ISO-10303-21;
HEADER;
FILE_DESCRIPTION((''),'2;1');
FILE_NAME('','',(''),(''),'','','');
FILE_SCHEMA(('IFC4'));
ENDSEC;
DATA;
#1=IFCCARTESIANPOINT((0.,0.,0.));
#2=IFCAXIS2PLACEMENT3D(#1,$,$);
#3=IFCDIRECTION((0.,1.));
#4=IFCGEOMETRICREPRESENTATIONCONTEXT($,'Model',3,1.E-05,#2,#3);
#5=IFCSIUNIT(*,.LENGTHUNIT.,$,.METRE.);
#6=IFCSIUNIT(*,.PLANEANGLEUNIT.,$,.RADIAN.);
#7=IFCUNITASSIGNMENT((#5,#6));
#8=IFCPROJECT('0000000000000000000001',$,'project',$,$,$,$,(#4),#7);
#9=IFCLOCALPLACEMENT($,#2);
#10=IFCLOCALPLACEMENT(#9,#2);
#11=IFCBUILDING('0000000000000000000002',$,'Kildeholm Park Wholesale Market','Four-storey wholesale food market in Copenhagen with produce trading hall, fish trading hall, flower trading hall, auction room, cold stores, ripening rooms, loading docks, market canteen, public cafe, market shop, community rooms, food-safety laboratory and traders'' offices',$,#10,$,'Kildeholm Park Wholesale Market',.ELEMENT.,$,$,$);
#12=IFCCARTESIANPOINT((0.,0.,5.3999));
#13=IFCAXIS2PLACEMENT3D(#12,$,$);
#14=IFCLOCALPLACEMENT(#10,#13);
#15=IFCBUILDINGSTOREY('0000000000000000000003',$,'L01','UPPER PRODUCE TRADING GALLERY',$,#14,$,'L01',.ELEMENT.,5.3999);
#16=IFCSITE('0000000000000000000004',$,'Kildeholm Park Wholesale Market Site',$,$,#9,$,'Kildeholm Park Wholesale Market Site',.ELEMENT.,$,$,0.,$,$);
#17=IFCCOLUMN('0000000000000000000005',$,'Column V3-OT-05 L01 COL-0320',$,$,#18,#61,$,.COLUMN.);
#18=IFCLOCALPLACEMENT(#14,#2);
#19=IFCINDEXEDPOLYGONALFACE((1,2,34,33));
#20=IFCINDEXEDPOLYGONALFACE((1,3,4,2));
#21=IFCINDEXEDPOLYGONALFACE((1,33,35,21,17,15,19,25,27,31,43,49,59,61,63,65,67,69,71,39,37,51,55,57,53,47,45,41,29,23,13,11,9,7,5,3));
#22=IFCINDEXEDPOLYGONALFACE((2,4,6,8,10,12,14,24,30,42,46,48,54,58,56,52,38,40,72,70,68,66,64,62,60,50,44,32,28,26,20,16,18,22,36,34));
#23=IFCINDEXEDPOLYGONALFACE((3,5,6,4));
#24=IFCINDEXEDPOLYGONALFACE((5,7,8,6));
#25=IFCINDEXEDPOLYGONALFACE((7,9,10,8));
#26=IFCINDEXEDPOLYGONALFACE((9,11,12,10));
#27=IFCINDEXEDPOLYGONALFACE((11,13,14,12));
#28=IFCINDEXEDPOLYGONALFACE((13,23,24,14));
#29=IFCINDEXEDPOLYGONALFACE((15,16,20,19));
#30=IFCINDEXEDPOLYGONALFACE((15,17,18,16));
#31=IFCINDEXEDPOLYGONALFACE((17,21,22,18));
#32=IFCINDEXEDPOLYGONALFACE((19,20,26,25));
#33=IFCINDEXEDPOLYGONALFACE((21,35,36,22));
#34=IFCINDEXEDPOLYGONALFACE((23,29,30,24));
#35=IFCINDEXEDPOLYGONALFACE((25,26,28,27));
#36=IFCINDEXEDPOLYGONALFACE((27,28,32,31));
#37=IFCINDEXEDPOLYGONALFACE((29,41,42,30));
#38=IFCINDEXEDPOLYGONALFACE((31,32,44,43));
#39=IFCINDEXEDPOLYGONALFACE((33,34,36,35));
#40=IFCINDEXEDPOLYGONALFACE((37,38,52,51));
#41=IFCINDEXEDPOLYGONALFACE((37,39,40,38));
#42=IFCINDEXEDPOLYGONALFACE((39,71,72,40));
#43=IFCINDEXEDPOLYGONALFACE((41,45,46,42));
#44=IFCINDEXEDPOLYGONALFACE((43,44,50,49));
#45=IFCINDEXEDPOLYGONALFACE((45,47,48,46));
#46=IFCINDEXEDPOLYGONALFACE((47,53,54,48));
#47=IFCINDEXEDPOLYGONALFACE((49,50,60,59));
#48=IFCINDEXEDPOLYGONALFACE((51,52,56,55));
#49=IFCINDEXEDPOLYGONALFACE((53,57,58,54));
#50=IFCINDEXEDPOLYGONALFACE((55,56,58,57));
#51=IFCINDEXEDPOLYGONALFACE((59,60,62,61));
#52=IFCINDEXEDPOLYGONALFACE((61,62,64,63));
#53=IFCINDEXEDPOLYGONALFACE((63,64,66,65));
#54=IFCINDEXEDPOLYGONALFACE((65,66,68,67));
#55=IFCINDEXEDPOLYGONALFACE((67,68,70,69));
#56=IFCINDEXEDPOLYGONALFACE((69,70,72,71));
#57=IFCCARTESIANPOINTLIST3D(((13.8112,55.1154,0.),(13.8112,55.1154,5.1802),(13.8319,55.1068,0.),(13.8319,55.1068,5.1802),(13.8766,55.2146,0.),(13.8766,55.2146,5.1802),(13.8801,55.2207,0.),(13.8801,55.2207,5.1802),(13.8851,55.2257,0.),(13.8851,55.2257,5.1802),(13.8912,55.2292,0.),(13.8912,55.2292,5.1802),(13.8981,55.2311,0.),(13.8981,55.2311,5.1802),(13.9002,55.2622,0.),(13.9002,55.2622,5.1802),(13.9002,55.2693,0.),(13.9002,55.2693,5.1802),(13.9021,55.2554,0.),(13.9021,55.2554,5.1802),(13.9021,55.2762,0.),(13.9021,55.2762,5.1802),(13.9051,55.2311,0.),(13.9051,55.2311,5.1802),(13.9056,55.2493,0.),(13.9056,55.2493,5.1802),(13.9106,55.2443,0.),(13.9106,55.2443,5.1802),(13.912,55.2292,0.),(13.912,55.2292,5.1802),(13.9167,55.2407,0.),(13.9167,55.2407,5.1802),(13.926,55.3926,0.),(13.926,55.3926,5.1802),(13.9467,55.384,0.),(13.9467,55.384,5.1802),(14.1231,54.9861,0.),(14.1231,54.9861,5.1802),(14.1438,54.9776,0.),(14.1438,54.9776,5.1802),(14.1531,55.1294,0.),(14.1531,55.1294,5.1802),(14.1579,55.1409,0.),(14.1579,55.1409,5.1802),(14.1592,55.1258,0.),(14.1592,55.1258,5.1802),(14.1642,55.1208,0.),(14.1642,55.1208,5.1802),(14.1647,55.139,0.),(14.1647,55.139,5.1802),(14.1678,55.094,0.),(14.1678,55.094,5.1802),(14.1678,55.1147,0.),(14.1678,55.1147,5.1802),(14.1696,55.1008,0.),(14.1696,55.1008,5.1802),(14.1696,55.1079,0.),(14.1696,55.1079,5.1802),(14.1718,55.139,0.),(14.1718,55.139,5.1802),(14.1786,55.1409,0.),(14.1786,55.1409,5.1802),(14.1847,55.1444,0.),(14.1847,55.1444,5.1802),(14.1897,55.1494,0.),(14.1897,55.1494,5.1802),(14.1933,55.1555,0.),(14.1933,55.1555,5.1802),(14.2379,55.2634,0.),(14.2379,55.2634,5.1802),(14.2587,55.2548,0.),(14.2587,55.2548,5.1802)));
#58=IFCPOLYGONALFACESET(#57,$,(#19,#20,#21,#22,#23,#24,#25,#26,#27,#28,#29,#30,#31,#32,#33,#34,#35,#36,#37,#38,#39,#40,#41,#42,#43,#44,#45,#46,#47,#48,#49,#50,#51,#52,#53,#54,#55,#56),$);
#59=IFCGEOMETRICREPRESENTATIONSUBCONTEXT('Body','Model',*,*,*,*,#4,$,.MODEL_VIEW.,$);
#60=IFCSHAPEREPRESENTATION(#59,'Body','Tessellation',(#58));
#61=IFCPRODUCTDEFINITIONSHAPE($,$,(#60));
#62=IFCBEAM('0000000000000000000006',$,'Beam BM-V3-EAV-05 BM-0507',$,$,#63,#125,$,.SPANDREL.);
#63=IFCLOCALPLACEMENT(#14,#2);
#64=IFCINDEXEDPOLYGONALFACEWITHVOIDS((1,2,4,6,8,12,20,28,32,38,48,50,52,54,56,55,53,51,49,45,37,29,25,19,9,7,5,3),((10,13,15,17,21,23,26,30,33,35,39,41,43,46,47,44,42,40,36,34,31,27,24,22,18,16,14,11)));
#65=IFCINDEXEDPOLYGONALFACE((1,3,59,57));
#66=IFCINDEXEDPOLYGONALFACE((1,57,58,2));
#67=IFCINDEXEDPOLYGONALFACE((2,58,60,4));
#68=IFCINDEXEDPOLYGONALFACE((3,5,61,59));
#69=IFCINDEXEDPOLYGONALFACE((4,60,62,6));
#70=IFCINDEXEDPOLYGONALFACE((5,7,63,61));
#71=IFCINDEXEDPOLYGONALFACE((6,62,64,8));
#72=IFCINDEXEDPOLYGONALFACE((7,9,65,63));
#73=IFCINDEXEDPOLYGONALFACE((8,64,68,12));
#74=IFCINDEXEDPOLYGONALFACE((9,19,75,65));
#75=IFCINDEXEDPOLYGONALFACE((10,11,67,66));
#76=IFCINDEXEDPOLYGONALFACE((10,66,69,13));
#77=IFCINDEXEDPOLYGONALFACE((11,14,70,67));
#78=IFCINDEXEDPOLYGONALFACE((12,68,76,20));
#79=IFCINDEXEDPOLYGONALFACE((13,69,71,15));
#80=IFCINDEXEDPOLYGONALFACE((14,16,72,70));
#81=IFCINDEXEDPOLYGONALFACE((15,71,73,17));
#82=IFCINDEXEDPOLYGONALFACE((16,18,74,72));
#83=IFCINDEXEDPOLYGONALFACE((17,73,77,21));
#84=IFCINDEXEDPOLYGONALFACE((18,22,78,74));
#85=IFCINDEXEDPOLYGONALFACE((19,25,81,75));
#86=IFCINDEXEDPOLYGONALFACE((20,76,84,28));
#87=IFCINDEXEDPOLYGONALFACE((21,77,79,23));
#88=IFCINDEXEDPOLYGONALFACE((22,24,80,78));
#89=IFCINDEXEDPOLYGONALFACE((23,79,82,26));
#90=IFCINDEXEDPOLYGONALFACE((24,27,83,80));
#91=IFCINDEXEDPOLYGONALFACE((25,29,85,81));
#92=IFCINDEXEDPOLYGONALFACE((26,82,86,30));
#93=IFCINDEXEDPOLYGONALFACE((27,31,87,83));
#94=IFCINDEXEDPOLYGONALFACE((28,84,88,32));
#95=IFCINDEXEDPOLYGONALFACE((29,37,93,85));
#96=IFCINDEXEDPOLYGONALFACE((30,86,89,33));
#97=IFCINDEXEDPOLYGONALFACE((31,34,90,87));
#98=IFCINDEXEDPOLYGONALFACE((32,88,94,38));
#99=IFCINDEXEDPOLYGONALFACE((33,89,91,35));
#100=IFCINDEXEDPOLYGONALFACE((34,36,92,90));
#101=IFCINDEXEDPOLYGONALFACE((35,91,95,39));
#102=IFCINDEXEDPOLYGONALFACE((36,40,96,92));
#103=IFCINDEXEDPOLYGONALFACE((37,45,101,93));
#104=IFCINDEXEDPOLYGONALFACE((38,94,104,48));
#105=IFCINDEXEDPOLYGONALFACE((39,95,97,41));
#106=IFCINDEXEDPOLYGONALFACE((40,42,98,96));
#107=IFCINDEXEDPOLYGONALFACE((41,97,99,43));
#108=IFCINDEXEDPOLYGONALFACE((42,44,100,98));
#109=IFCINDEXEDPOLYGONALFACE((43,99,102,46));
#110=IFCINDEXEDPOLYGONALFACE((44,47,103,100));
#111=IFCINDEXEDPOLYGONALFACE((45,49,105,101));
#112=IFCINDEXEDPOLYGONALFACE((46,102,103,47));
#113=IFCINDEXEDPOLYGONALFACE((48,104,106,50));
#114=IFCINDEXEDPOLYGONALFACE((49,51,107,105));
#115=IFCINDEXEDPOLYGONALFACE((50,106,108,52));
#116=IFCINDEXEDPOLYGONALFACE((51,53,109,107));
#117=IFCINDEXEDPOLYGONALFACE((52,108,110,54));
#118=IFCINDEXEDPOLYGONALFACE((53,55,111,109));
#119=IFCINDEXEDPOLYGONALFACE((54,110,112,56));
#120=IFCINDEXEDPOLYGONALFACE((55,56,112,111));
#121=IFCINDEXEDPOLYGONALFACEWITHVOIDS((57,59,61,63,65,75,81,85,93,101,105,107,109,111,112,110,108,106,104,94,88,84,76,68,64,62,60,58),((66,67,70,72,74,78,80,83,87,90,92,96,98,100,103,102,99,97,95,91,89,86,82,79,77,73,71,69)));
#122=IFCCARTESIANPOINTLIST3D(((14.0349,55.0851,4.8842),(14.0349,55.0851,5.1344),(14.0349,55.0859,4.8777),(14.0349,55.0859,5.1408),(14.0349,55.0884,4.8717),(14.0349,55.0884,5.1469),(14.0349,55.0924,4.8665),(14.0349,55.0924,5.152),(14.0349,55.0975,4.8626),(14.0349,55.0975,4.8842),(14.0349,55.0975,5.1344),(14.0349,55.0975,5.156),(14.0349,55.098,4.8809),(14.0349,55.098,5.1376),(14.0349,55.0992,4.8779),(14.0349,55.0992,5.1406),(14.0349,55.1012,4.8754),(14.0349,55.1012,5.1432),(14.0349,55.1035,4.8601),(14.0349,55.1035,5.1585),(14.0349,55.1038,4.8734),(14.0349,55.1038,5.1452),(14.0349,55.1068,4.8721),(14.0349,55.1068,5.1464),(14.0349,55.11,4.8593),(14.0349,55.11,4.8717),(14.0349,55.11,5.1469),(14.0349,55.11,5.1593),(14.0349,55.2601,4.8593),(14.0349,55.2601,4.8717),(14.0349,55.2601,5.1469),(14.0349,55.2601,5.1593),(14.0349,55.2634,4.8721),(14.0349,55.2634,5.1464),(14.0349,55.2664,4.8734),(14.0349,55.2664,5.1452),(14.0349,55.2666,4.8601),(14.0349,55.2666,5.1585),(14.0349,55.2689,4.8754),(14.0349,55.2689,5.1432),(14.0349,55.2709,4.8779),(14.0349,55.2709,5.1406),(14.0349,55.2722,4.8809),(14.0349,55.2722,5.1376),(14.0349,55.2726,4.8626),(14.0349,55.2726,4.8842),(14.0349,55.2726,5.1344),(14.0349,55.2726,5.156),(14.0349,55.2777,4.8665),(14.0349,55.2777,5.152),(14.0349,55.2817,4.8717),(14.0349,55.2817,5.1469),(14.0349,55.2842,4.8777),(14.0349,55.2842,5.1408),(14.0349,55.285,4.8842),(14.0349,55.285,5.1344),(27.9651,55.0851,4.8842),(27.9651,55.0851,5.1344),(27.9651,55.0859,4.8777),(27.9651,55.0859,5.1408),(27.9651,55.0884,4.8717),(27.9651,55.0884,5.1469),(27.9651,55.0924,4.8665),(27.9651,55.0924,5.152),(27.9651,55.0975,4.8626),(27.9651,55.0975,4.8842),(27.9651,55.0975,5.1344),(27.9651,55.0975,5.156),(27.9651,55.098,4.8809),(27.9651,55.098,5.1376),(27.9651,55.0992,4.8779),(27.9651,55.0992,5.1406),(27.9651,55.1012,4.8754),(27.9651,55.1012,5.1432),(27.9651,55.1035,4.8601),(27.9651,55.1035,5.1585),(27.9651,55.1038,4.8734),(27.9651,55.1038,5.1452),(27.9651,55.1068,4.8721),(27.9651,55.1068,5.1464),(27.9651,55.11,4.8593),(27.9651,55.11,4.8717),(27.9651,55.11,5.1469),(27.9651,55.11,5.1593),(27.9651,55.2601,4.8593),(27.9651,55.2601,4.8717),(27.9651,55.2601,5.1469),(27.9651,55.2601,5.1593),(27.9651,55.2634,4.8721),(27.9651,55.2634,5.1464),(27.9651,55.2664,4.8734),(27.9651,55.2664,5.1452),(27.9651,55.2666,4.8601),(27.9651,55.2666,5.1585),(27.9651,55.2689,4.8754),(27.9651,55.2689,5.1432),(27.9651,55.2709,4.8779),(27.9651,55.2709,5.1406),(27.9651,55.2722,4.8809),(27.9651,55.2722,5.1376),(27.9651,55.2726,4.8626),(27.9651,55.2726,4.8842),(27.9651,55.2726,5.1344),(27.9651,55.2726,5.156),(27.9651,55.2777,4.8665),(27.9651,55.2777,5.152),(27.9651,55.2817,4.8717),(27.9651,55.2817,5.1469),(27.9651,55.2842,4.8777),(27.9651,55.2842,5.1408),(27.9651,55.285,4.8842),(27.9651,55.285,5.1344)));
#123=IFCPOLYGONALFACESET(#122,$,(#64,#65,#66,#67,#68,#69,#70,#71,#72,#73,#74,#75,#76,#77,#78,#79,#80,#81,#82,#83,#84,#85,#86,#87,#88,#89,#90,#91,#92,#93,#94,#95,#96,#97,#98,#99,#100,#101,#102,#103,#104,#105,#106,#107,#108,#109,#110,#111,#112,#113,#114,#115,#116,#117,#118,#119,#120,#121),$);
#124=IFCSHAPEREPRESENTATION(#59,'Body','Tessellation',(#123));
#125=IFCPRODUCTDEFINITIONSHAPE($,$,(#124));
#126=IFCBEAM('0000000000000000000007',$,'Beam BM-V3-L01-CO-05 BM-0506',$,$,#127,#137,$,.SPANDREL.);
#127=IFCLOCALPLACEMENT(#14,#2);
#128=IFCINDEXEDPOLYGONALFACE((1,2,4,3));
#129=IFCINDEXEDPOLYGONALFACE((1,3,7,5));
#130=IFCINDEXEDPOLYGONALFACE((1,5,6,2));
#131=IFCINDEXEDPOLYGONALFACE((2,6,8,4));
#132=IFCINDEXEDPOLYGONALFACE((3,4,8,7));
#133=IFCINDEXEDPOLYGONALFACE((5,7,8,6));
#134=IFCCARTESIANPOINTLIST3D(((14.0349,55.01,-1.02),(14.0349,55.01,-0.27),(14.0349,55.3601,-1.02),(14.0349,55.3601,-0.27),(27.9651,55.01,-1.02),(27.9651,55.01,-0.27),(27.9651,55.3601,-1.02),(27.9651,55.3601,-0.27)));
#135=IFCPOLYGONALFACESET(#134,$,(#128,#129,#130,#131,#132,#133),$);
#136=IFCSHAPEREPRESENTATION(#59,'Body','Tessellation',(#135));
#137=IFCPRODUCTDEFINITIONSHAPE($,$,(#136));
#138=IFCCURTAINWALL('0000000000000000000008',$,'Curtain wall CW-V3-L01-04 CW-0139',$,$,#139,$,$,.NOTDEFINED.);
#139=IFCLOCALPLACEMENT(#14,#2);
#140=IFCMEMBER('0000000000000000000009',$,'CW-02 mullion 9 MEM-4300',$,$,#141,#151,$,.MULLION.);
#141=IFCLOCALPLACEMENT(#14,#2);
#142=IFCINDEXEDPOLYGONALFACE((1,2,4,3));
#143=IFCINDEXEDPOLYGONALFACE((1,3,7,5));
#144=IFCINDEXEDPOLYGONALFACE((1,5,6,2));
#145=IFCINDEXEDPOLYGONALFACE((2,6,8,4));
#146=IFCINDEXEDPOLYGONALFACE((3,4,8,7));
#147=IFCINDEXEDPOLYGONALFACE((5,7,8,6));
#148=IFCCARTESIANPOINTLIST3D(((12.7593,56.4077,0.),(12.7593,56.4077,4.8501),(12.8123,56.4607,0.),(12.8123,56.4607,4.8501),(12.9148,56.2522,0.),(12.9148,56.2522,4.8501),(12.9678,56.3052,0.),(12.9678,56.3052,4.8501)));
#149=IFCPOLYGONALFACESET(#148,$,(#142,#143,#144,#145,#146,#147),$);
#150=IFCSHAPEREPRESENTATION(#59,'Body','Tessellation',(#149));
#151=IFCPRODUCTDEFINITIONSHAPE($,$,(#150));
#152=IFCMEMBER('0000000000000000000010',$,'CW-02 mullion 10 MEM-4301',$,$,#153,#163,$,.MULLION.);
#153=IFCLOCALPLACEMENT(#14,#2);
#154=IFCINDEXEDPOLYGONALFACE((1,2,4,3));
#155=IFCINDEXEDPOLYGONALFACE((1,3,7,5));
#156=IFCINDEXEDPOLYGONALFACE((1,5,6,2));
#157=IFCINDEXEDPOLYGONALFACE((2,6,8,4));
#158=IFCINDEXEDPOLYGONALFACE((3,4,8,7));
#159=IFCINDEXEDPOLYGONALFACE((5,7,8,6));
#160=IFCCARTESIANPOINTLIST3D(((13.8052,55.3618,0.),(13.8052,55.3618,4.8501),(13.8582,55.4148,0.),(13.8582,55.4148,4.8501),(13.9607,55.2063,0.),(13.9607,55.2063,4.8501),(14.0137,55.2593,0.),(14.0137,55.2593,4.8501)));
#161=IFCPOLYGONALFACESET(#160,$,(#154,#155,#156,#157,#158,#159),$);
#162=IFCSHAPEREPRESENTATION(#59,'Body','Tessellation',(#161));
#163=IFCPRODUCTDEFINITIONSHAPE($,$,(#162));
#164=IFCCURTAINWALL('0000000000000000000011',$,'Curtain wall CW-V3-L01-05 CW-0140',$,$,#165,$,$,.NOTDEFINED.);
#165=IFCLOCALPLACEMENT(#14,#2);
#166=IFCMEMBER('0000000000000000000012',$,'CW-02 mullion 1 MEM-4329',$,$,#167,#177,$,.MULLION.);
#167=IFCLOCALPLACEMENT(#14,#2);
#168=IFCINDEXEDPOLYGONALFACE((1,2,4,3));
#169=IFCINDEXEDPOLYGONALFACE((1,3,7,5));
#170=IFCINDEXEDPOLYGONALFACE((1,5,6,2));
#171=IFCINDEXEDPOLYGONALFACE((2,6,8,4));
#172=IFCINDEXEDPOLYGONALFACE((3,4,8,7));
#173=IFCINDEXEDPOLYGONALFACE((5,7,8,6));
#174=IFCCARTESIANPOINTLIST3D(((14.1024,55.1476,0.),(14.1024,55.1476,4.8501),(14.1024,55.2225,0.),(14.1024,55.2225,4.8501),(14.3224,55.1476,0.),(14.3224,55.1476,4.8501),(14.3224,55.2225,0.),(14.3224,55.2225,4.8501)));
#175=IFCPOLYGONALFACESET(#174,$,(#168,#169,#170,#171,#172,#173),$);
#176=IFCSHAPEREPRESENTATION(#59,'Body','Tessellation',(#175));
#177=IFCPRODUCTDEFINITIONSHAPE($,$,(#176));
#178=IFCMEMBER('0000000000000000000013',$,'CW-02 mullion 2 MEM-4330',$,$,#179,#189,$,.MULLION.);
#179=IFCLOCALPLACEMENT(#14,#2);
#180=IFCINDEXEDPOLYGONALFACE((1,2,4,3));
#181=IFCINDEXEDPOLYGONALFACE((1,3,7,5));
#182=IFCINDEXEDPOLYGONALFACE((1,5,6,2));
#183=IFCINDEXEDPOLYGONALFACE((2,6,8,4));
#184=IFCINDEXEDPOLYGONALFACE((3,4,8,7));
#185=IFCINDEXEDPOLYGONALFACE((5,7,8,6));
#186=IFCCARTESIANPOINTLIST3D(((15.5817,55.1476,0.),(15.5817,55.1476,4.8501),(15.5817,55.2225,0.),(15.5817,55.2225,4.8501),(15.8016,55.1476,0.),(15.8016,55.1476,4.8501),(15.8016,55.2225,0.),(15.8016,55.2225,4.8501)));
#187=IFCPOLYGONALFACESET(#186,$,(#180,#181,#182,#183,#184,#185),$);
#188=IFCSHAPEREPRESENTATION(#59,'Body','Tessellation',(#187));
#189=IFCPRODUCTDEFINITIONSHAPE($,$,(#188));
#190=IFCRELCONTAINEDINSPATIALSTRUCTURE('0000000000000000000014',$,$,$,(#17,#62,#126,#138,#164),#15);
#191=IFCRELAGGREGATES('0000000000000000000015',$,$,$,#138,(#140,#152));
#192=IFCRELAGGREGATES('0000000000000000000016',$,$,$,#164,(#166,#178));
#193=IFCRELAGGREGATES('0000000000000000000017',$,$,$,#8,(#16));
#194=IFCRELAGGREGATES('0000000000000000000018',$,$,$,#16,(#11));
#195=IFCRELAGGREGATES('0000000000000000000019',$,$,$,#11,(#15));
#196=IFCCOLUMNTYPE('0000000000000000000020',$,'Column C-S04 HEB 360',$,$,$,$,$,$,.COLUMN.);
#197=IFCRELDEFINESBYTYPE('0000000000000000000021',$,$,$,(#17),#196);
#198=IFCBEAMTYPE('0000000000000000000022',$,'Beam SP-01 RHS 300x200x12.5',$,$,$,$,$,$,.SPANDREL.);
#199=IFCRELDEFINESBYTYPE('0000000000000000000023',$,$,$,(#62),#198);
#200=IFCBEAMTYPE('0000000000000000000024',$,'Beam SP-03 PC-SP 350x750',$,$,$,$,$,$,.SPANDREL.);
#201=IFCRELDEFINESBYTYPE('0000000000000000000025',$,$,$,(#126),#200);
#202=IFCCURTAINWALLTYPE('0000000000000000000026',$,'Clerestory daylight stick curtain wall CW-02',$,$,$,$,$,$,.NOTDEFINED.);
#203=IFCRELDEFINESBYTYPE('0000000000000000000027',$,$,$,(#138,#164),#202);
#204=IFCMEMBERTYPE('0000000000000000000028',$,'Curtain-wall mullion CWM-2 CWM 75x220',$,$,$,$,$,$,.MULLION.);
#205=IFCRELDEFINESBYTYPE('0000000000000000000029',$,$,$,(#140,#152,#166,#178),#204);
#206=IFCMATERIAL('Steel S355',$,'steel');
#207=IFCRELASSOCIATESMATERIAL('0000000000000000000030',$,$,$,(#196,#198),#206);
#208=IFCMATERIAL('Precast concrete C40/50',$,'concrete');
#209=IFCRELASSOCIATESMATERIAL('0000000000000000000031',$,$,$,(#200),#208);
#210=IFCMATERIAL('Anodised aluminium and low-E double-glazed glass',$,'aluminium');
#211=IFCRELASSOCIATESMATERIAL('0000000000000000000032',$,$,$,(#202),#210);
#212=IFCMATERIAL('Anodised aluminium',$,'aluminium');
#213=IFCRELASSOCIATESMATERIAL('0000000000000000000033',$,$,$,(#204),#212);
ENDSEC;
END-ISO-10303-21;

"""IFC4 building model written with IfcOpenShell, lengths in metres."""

from ifc_helpers import new_model, si_unit, direction, frame, origin, origin_2d, place, context, subcontext, project, spatial, rectangle, hollow_rectangle, i_section, extrude, material, material_profile, profile_set, type_object, element, aggregate, save


model = new_model("IFC4")

# Units and contexts
model_context = context("Model", 3, precision=1e-05, world=origin(), true_north=direction((0.0, 1.0)))
body_context = subcontext(model_context, "Body", "Model", "MODEL_VIEW")
ifc_project = project(units=[si_unit("LENGTHUNIT", "METRE"), si_unit("PLANEANGLEUNIT", "RADIAN")], contexts=[model_context])

# Site, building, storey
site_placement = place(None, origin())
site = spatial("IfcSite", under=ifc_project, at=site_placement, Name="Kildeholm Park Wholesale Market Site", LongName="Kildeholm Park Wholesale Market Site", CompositionType="ELEMENT", RefElevation=0.0)
building_placement = place(site_placement, origin())
building = spatial("IfcBuilding", under=site, at=building_placement, Name="Kildeholm Park Wholesale Market", Description="Four-storey wholesale food market in Copenhagen with produce trading hall, fish trading hall, flower trading hall, auction room, cold stores, ripening rooms, loading docks, market canteen, public cafe, market shop, community rooms, food-safety laboratory and traders' offices", LongName="Kildeholm Park Wholesale Market", CompositionType="ELEMENT")
storey_placement = place(building_placement, frame((0.0, 0.0, 5.3999)))
storey = spatial("IfcBuildingStorey", under=building, at=storey_placement, Name="L01", Description="UPPER PRODUCE TRADING GALLERY", LongName="L01", CompositionType="ELEMENT", Elevation=5.3999)

# Column
ifc_material_1 = material(Name="Steel S355", Category="steel")
ifc_material_profile_1 = material_profile(ifc_material_1, i_section(OverallWidth=0.3, OverallDepth=0.3601, WebThickness=0.0125, FlangeThickness=0.0225, FilletRadius=0.0271, at=origin_2d()), Name="HEB 360")
ifc_profile_set_1 = profile_set([ifc_material_profile_1], Name="Steel S355")
column_type = type_object("IfcColumnType", Name="Column C-S04 HEB 360", PredefinedType="COLUMN", material=ifc_profile_set_1)
column_placement = place(storey_placement, frame((14.0349, 55.1851, 0.0), z_axis=(0.0, 0.0, 1.0), x_axis=(-0.382683, -0.92388, 0.0)))
element("IfcColumn", 1, at=column_placement, inside=storey, type_object=column_type, Name="Column V3-OT-05 L01 COL-0320", PredefinedType="COLUMN", context=body_context, shape_type="SweptSolid", body=[
    extrude(i_section(OverallWidth=0.3, OverallDepth=0.3601, WebThickness=0.0125, FlangeThickness=0.0225, FilletRadius=0.0271, at=origin_2d()), origin(), (0.0, 0.0, 1.0), 5.1802),
])

# Beams
ifc_material_profile_2 = material_profile(ifc_material_1, hollow_rectangle(XDim=0.2, YDim=0.3, WallThickness=0.0125, InnerFilletRadius=0.0125, OuterFilletRadius=0.0249, at=origin_2d()), Name="RHS 300x200x12.5")
ifc_profile_set_2 = profile_set([ifc_material_profile_2], Name="Steel S355")
beam_type_1 = type_object("IfcBeamType", Name="Beam SP-01 RHS 300x200x12.5", PredefinedType="SPANDREL", material=ifc_profile_set_2)
beam_1_placement = place(storey_placement, frame((14.0349, 55.1851, 5.0093), z_axis=(1.0, 0.0, 0.0), x_axis=(0.0, 1.0, 0.0)))
element("IfcBeam", 2, at=beam_1_placement, inside=storey, type_object=beam_type_1, Name="Beam BM-V3-EAV-05 BM-0507", PredefinedType="SPANDREL", context=body_context, shape_type="SweptSolid", body=[
    extrude(hollow_rectangle(XDim=0.2, YDim=0.3, WallThickness=0.0125, InnerFilletRadius=0.0125, OuterFilletRadius=0.0249, at=origin_2d()), origin(), (0.0, 0.0, 1.0), 13.9302),
])
ifc_material_2 = material(Name="Precast concrete C40/50", Category="concrete")
ifc_material_profile_3 = material_profile(ifc_material_2, rectangle(XDim=0.3501, YDim=0.75, at=origin_2d()), Name="PC-SP 350x750")
ifc_profile_set_3 = profile_set([ifc_material_profile_3], Name="Precast concrete C40/50")
beam_type_2 = type_object("IfcBeamType", Name="Beam SP-03 PC-SP 350x750", PredefinedType="SPANDREL", material=ifc_profile_set_3)
beam_2_placement = place(storey_placement, frame((14.0349, 55.1851, -0.645), z_axis=(1.0, 0.0, 0.0), x_axis=(0.0, 1.0, 0.0)))
element("IfcBeam", 3, at=beam_2_placement, inside=storey, type_object=beam_type_2, Name="Beam BM-V3-L01-CO-05 BM-0506", PredefinedType="SPANDREL", context=body_context, shape_type="SweptSolid", body=[
    extrude(rectangle(XDim=0.3501, YDim=0.75, at=origin_2d()), origin(), (0.0, 0.0, 1.0), 13.9302),
])

# Curtain walls, members
ifc_material_3 = material(Name="Anodised aluminium and low-E double-glazed glass", Category="aluminium")
curtain_wall_type = type_object("IfcCurtainWallType", Name="Clerestory daylight stick curtain wall CW-02", PredefinedType="NOTDEFINED", material=ifc_material_3)
curtain_wall_1_placement = place(storey_placement, origin())
curtain_wall_1 = element("IfcCurtainWall", 4, at=curtain_wall_1_placement, inside=storey, type_object=curtain_wall_type, Name="Curtain wall CW-V3-L01-04 CW-0139", PredefinedType="NOTDEFINED")
ifc_material_4 = material(Name="Anodised aluminium", Category="aluminium")
ifc_material_profile_4 = material_profile(ifc_material_4, rectangle(XDim=0.075, YDim=0.22, at=origin_2d()), Name="CWM 75x220")
ifc_profile_set_4 = profile_set([ifc_material_profile_4], Name="Anodised aluminium")
member_type_1 = type_object("IfcMemberType", Name="Curtain-wall mullion CWM-2 CWM 75x220", PredefinedType="MULLION", material=ifc_profile_set_4)
member_1_placement = place(storey_placement, frame((12.8635, 56.3564, 0.0), z_axis=(0.0, 0.0, 1.0), x_axis=(0.707107, 0.707107, 0.0)))
member_1 = element("IfcMember", 5, at=member_1_placement, type_object=member_type_1, Name="CW-02 mullion 9 MEM-4300", PredefinedType="MULLION", context=body_context, shape_type="SweptSolid", body=[
    extrude(rectangle(XDim=0.075, YDim=0.22, at=origin_2d()), origin(), (0.0, 0.0, 1.0), 4.8501),
])
member_2_placement = place(storey_placement, frame((13.9094, 55.3105, 0.0), z_axis=(0.0, 0.0, 1.0), x_axis=(0.707107, 0.707107, 0.0)))
member_2 = element("IfcMember", 6, at=member_2_placement, type_object=member_type_1, Name="CW-02 mullion 10 MEM-4301", PredefinedType="MULLION", context=body_context, shape_type="SweptSolid", body=[
    extrude(rectangle(XDim=0.075, YDim=0.22, at=origin_2d()), origin(), (0.0, 0.0, 1.0), 4.8501),
])
curtain_wall_2_placement = place(storey_placement, origin())
curtain_wall_2 = element("IfcCurtainWall", 7, at=curtain_wall_2_placement, inside=storey, type_object=curtain_wall_type, Name="Curtain wall CW-V3-L01-05 CW-0140", PredefinedType="NOTDEFINED")
member_3_placement = place(storey_placement, frame((14.2124, 55.1851, 0.0), z_axis=(0.0, 0.0, 1.0), x_axis=(0.0, 1.0, 0.0)))
member_3 = element("IfcMember", 8, at=member_3_placement, type_object=member_type_1, Name="CW-02 mullion 1 MEM-4329", PredefinedType="MULLION", context=body_context, shape_type="SweptSolid", body=[
    extrude(rectangle(XDim=0.075, YDim=0.22, at=origin_2d()), origin(), (0.0, 0.0, 1.0), 4.8501),
])
member_4_placement = place(storey_placement, frame((15.6917, 55.1851, 0.0), z_axis=(0.0, 0.0, 1.0), x_axis=(0.0, 1.0, 0.0)))
member_4 = element("IfcMember", 9, at=member_4_placement, type_object=member_type_1, Name="CW-02 mullion 2 MEM-4330", PredefinedType="MULLION", context=body_context, shape_type="SweptSolid", body=[
    extrude(rectangle(XDim=0.075, YDim=0.22, at=origin_2d()), origin(), (0.0, 0.0, 1.0), 4.8501),
])

aggregate(curtain_wall_1, [member_1, member_2])
aggregate(curtain_wall_2, [member_3, member_4])

save(model, "model.ifc")
